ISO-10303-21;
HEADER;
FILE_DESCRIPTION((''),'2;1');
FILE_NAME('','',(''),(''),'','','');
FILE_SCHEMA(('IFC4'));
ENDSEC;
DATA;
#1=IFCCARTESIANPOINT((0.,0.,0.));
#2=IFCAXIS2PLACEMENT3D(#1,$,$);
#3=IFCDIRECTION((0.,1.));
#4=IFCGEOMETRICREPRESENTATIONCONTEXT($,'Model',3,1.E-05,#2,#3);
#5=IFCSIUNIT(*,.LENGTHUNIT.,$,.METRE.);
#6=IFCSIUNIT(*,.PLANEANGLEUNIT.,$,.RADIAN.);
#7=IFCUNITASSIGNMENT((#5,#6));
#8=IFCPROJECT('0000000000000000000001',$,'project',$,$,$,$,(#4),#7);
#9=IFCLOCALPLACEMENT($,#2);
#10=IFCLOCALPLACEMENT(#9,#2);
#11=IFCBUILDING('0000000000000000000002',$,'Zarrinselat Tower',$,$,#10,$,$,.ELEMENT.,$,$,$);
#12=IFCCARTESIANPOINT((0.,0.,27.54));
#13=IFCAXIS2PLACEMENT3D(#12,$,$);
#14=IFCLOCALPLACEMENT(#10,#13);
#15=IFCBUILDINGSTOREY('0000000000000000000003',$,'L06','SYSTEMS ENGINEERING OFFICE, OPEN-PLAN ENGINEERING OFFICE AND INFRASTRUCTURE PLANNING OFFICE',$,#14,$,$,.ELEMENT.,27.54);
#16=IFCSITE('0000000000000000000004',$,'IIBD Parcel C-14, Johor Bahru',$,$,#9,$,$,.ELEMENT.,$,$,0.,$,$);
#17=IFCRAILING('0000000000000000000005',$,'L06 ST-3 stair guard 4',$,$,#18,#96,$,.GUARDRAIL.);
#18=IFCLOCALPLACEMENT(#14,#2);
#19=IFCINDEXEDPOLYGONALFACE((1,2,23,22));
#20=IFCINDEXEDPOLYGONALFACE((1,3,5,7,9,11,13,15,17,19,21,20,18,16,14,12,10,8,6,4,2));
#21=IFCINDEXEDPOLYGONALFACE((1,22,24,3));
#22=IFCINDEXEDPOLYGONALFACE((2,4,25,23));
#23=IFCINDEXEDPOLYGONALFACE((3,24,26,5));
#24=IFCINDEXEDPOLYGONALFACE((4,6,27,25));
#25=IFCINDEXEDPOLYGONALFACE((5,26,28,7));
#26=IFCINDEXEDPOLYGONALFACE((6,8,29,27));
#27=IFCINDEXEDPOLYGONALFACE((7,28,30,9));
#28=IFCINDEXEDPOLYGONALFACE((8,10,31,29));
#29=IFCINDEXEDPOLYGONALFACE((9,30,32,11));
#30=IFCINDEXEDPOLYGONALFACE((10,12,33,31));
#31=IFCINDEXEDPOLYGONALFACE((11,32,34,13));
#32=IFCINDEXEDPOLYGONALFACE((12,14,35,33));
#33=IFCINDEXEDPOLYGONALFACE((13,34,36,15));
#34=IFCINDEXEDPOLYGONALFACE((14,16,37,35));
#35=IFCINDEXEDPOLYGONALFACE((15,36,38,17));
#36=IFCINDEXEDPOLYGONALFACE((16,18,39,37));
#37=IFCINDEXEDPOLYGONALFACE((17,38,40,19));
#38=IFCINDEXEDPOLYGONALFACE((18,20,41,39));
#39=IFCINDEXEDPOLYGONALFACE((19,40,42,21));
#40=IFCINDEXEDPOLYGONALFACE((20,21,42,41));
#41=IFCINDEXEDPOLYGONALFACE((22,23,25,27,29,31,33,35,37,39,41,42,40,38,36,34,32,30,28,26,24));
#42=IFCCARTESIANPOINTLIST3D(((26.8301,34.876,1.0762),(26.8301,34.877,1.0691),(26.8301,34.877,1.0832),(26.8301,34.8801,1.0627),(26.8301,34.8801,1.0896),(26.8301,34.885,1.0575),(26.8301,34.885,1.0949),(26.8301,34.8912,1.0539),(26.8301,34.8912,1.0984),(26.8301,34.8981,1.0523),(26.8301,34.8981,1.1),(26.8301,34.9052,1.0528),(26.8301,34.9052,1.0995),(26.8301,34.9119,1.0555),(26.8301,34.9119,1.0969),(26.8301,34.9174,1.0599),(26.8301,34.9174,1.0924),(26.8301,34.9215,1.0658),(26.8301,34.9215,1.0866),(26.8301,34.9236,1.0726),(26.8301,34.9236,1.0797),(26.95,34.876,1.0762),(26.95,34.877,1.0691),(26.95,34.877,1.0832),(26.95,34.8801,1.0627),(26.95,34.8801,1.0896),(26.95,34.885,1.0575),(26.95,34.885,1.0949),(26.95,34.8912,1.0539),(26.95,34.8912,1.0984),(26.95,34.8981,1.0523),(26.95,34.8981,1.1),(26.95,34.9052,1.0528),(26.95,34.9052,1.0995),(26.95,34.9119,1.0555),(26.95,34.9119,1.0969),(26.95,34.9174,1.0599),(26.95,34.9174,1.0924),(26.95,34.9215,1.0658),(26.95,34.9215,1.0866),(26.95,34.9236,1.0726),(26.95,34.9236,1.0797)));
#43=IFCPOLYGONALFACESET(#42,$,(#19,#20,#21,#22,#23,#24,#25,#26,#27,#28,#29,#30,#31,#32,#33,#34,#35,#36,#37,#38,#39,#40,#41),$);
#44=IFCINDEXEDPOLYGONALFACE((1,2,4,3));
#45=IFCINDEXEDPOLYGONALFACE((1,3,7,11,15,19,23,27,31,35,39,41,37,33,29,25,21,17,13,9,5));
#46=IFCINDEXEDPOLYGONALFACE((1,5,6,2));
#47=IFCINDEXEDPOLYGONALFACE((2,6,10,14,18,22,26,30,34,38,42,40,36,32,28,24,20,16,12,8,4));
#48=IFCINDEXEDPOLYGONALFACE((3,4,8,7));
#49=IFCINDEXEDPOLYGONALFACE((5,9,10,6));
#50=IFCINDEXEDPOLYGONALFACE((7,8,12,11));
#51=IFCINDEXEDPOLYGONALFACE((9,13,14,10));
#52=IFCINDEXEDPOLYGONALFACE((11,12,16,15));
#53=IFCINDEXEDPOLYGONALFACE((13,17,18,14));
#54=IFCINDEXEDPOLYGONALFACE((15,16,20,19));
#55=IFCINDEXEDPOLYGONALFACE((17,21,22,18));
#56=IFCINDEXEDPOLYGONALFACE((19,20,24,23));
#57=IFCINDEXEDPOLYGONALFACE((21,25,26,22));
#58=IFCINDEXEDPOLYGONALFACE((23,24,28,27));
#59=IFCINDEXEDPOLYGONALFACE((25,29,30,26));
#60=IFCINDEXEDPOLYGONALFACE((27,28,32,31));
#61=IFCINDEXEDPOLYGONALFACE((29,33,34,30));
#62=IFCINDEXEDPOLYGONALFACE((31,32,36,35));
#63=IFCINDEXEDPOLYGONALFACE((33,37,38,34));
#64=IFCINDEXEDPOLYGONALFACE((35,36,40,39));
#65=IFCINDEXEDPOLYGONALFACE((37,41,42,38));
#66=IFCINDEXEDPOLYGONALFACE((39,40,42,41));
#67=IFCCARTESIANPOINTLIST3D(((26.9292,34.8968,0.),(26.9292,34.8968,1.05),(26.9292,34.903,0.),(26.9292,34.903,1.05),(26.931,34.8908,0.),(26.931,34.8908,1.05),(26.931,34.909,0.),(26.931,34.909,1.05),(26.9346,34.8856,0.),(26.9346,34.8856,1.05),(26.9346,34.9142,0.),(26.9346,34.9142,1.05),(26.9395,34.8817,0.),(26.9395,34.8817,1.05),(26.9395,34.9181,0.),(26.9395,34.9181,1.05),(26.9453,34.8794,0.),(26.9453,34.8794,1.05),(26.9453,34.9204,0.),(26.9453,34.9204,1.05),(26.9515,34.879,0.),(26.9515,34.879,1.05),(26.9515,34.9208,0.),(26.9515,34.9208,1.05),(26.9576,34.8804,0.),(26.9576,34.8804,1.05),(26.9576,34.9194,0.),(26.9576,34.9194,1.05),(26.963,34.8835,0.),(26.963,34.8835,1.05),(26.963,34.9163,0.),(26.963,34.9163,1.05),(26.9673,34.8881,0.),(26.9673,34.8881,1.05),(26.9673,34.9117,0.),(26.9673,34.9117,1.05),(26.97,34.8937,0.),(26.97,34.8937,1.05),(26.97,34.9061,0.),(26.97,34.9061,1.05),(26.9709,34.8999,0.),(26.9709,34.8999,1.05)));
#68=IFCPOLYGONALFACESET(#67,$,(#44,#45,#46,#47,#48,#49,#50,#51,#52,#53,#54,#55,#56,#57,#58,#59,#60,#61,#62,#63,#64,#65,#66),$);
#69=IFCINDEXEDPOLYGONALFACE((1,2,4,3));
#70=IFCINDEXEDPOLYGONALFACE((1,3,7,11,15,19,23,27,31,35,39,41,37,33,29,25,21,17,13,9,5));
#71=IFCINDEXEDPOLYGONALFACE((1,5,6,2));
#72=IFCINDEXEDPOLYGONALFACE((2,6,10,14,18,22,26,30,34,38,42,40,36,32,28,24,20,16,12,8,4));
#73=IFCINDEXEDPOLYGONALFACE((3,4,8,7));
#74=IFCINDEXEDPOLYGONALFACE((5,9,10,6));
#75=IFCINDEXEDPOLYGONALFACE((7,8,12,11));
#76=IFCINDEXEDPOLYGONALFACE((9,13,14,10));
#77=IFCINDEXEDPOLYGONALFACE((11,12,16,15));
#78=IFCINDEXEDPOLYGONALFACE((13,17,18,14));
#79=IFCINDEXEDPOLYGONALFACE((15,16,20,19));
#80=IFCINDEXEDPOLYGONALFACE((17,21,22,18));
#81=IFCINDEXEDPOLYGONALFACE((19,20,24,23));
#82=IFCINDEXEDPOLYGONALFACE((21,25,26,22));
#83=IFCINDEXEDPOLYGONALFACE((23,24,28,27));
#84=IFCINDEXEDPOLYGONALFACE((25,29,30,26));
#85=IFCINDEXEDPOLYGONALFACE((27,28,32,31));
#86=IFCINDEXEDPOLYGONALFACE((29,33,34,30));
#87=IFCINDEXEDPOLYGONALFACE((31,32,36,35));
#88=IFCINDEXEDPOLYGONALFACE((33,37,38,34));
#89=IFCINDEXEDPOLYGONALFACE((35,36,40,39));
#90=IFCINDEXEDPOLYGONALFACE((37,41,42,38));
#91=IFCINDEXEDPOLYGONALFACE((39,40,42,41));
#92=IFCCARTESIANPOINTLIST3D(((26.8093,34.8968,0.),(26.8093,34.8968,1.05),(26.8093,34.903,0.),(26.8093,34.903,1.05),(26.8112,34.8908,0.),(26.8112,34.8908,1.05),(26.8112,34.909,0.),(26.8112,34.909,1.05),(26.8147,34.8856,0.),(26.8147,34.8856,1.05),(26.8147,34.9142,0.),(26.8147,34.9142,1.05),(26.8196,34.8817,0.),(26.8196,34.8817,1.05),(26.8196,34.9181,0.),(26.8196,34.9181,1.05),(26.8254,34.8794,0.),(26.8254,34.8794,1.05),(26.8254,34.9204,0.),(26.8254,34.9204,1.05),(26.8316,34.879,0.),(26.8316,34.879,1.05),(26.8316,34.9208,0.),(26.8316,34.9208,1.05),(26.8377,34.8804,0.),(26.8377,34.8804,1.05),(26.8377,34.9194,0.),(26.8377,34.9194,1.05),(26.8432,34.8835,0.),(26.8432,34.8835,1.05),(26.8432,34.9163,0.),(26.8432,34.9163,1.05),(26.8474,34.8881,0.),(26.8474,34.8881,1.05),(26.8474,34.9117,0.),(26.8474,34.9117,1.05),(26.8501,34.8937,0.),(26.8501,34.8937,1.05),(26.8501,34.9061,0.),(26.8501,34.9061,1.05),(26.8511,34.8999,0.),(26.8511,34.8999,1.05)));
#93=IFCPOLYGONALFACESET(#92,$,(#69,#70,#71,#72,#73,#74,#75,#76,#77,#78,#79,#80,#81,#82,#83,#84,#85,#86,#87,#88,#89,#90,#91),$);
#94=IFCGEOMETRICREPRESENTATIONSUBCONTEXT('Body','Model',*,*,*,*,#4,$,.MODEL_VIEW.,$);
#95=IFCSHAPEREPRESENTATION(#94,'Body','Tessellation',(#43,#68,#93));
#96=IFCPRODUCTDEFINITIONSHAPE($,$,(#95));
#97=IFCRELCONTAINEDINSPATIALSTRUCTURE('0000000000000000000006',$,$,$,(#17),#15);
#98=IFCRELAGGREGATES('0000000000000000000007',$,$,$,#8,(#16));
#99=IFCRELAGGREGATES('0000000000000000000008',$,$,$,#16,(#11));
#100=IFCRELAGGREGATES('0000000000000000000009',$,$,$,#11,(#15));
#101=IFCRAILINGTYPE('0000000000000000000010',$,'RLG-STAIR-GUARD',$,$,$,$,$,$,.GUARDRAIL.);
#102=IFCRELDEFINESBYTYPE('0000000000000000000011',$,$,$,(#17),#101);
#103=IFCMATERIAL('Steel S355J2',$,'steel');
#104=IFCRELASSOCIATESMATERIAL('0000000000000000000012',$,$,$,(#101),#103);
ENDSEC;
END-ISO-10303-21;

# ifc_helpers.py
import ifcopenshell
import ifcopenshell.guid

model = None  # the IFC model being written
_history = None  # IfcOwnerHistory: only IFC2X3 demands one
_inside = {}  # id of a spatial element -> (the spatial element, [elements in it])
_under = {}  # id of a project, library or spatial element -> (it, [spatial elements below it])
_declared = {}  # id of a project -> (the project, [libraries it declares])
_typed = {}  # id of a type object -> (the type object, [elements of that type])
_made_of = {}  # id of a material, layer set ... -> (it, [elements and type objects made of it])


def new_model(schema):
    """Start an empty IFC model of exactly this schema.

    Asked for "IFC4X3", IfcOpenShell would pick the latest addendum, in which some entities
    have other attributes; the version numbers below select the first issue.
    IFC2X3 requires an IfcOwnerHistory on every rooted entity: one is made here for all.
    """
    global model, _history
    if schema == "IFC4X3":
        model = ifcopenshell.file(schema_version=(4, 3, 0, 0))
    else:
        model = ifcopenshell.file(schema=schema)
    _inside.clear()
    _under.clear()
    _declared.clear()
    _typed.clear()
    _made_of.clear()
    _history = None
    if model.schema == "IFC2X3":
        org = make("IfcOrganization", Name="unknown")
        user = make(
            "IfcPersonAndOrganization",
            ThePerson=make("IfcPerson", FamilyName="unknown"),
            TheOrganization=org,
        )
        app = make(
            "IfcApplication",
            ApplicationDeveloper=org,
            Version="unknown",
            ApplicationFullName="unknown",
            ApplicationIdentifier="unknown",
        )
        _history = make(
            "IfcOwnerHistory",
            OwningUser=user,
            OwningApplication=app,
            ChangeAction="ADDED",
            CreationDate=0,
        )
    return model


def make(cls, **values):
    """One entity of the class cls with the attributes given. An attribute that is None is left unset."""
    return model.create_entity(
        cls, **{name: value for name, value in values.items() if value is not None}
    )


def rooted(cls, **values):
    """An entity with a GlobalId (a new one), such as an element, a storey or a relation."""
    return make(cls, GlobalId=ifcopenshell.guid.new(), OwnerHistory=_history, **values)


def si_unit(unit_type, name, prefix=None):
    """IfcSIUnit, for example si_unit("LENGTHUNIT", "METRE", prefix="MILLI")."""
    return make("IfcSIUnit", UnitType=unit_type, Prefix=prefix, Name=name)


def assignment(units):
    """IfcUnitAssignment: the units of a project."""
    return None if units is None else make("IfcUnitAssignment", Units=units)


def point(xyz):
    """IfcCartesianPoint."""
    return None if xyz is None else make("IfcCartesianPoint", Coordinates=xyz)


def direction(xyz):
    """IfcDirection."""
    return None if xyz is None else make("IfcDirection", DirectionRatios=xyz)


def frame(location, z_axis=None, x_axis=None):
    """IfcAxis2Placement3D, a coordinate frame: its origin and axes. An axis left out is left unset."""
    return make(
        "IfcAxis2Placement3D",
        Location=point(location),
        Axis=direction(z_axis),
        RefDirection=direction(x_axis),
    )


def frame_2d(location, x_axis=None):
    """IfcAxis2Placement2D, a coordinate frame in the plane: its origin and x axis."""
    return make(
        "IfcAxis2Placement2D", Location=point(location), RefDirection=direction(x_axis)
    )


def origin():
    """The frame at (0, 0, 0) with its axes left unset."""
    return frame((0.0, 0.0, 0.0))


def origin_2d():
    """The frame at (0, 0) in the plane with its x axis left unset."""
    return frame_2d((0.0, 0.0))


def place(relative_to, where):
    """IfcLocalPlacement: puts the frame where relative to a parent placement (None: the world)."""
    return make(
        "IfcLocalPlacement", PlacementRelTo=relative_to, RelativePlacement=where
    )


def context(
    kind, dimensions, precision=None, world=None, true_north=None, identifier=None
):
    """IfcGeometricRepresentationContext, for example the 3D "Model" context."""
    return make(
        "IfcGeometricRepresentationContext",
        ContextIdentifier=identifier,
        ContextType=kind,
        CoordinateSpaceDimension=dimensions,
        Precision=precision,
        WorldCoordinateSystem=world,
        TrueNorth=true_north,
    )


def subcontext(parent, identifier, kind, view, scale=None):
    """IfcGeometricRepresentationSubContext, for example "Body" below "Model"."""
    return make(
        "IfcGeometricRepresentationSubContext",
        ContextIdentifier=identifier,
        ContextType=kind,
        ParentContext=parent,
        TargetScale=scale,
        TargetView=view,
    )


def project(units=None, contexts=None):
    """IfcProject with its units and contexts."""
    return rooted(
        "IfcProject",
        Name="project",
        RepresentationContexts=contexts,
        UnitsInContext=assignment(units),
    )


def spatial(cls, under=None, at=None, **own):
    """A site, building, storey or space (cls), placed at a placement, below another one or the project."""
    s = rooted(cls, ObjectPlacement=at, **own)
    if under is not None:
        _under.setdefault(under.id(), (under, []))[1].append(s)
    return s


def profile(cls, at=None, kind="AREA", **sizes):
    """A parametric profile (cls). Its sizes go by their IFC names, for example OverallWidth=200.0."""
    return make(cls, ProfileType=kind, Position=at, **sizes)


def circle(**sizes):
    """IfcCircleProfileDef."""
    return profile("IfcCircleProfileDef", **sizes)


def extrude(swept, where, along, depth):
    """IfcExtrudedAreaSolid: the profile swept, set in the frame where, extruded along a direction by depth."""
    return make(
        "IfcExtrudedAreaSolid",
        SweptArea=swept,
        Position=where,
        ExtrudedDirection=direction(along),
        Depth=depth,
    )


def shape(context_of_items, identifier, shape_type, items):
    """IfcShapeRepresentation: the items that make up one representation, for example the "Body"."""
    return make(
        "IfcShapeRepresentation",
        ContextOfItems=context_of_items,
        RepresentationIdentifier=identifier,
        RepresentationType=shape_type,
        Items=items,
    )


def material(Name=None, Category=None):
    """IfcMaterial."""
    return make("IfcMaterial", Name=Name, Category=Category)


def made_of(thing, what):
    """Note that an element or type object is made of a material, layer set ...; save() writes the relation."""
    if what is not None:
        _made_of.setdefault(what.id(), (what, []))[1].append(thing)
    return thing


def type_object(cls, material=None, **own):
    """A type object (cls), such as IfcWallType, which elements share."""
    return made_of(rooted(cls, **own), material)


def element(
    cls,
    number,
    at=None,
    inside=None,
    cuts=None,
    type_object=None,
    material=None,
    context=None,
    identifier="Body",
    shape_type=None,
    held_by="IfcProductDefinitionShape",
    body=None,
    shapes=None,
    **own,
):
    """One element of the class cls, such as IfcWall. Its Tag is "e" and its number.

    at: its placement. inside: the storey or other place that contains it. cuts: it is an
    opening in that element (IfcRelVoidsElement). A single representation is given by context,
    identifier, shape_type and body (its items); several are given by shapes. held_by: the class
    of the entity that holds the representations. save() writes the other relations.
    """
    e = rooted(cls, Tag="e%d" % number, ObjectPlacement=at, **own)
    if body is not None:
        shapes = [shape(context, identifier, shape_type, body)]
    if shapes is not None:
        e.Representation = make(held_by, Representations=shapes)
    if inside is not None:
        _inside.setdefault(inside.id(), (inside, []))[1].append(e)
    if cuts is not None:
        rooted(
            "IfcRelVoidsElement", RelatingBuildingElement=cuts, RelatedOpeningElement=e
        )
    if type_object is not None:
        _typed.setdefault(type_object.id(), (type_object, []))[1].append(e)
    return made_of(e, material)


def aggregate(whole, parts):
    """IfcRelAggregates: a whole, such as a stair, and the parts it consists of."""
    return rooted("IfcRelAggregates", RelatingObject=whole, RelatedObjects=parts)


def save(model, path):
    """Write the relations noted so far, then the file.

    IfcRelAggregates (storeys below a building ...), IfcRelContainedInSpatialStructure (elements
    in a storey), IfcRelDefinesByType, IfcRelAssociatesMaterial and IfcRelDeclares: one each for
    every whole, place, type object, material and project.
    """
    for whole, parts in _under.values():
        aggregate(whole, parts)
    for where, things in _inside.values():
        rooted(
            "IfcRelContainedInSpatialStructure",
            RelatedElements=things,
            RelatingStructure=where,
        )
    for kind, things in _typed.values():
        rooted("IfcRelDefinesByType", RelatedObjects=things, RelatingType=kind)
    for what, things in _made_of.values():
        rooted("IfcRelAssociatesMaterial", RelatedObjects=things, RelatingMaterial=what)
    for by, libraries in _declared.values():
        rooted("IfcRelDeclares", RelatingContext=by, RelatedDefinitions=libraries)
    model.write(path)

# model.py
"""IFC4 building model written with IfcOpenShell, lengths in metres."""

from ifc_helpers import new_model, si_unit, direction, frame, origin, origin_2d, place, context, subcontext, project, spatial, circle, extrude, material, type_object, element, save


model = new_model("IFC4")

# Units and contexts
model_context = context("Model", 3, precision=1e-05, world=origin(), true_north=direction((0.0, 1.0)))
body_context = subcontext(model_context, "Body", "Model", "MODEL_VIEW")
ifc_project = project(units=[si_unit("LENGTHUNIT", "METRE"), si_unit("PLANEANGLEUNIT", "RADIAN")], contexts=[model_context])

# Site, building, storey
site_placement = place(None, origin())
site = spatial("IfcSite", under=ifc_project, at=site_placement, Name="IIBD Parcel C-14, Johor Bahru", CompositionType="ELEMENT", RefElevation=0.0)
building_placement = place(site_placement, origin())
building = spatial("IfcBuilding", under=site, at=building_placement, Name="Zarrinselat Tower", CompositionType="ELEMENT")
storey_placement = place(building_placement, frame((0.0, 0.0, 27.54)))
storey = spatial("IfcBuildingStorey", under=building, at=storey_placement, Name="L06", Description="SYSTEMS ENGINEERING OFFICE, OPEN-PLAN ENGINEERING OFFICE AND INFRASTRUCTURE PLANNING OFFICE", CompositionType="ELEMENT", Elevation=27.54)

# Railing
ifc_material_1 = material(Name="Steel S355J2", Category="steel")
railing_type_1 = type_object("IfcRailingType", Name="RLG-STAIR-GUARD", PredefinedType="GUARDRAIL", material=ifc_material_1)
railing_1_placement = place(storey_placement, frame((26.95, 34.8999, 0.0)))
element("IfcRailing", 1, at=railing_1_placement, inside=storey, type_object=railing_type_1, Name="L06 ST-3 stair guard 4", PredefinedType="GUARDRAIL", context=body_context, shape_type="SweptSolid", body=[
    extrude(circle(Radius=0.0239, at=origin_2d()), frame((0.0, 0.0, 1.0762), z_axis=(-1.0, 0.0, 0.0), x_axis=(0.0, -1.0, 0.0)), (0.0, 0.0, 1.0), 0.1199),
    extrude(circle(Radius=0.021, at=origin_2d()), origin(), (0.0, 0.0, 1.0), 1.05),
    extrude(circle(Radius=0.021, at=origin_2d()), frame((-0.1199, 0.0, 0.0)), (0.0, 0.0, 1.0), 1.05),
])

save(model, "model.ifc")
